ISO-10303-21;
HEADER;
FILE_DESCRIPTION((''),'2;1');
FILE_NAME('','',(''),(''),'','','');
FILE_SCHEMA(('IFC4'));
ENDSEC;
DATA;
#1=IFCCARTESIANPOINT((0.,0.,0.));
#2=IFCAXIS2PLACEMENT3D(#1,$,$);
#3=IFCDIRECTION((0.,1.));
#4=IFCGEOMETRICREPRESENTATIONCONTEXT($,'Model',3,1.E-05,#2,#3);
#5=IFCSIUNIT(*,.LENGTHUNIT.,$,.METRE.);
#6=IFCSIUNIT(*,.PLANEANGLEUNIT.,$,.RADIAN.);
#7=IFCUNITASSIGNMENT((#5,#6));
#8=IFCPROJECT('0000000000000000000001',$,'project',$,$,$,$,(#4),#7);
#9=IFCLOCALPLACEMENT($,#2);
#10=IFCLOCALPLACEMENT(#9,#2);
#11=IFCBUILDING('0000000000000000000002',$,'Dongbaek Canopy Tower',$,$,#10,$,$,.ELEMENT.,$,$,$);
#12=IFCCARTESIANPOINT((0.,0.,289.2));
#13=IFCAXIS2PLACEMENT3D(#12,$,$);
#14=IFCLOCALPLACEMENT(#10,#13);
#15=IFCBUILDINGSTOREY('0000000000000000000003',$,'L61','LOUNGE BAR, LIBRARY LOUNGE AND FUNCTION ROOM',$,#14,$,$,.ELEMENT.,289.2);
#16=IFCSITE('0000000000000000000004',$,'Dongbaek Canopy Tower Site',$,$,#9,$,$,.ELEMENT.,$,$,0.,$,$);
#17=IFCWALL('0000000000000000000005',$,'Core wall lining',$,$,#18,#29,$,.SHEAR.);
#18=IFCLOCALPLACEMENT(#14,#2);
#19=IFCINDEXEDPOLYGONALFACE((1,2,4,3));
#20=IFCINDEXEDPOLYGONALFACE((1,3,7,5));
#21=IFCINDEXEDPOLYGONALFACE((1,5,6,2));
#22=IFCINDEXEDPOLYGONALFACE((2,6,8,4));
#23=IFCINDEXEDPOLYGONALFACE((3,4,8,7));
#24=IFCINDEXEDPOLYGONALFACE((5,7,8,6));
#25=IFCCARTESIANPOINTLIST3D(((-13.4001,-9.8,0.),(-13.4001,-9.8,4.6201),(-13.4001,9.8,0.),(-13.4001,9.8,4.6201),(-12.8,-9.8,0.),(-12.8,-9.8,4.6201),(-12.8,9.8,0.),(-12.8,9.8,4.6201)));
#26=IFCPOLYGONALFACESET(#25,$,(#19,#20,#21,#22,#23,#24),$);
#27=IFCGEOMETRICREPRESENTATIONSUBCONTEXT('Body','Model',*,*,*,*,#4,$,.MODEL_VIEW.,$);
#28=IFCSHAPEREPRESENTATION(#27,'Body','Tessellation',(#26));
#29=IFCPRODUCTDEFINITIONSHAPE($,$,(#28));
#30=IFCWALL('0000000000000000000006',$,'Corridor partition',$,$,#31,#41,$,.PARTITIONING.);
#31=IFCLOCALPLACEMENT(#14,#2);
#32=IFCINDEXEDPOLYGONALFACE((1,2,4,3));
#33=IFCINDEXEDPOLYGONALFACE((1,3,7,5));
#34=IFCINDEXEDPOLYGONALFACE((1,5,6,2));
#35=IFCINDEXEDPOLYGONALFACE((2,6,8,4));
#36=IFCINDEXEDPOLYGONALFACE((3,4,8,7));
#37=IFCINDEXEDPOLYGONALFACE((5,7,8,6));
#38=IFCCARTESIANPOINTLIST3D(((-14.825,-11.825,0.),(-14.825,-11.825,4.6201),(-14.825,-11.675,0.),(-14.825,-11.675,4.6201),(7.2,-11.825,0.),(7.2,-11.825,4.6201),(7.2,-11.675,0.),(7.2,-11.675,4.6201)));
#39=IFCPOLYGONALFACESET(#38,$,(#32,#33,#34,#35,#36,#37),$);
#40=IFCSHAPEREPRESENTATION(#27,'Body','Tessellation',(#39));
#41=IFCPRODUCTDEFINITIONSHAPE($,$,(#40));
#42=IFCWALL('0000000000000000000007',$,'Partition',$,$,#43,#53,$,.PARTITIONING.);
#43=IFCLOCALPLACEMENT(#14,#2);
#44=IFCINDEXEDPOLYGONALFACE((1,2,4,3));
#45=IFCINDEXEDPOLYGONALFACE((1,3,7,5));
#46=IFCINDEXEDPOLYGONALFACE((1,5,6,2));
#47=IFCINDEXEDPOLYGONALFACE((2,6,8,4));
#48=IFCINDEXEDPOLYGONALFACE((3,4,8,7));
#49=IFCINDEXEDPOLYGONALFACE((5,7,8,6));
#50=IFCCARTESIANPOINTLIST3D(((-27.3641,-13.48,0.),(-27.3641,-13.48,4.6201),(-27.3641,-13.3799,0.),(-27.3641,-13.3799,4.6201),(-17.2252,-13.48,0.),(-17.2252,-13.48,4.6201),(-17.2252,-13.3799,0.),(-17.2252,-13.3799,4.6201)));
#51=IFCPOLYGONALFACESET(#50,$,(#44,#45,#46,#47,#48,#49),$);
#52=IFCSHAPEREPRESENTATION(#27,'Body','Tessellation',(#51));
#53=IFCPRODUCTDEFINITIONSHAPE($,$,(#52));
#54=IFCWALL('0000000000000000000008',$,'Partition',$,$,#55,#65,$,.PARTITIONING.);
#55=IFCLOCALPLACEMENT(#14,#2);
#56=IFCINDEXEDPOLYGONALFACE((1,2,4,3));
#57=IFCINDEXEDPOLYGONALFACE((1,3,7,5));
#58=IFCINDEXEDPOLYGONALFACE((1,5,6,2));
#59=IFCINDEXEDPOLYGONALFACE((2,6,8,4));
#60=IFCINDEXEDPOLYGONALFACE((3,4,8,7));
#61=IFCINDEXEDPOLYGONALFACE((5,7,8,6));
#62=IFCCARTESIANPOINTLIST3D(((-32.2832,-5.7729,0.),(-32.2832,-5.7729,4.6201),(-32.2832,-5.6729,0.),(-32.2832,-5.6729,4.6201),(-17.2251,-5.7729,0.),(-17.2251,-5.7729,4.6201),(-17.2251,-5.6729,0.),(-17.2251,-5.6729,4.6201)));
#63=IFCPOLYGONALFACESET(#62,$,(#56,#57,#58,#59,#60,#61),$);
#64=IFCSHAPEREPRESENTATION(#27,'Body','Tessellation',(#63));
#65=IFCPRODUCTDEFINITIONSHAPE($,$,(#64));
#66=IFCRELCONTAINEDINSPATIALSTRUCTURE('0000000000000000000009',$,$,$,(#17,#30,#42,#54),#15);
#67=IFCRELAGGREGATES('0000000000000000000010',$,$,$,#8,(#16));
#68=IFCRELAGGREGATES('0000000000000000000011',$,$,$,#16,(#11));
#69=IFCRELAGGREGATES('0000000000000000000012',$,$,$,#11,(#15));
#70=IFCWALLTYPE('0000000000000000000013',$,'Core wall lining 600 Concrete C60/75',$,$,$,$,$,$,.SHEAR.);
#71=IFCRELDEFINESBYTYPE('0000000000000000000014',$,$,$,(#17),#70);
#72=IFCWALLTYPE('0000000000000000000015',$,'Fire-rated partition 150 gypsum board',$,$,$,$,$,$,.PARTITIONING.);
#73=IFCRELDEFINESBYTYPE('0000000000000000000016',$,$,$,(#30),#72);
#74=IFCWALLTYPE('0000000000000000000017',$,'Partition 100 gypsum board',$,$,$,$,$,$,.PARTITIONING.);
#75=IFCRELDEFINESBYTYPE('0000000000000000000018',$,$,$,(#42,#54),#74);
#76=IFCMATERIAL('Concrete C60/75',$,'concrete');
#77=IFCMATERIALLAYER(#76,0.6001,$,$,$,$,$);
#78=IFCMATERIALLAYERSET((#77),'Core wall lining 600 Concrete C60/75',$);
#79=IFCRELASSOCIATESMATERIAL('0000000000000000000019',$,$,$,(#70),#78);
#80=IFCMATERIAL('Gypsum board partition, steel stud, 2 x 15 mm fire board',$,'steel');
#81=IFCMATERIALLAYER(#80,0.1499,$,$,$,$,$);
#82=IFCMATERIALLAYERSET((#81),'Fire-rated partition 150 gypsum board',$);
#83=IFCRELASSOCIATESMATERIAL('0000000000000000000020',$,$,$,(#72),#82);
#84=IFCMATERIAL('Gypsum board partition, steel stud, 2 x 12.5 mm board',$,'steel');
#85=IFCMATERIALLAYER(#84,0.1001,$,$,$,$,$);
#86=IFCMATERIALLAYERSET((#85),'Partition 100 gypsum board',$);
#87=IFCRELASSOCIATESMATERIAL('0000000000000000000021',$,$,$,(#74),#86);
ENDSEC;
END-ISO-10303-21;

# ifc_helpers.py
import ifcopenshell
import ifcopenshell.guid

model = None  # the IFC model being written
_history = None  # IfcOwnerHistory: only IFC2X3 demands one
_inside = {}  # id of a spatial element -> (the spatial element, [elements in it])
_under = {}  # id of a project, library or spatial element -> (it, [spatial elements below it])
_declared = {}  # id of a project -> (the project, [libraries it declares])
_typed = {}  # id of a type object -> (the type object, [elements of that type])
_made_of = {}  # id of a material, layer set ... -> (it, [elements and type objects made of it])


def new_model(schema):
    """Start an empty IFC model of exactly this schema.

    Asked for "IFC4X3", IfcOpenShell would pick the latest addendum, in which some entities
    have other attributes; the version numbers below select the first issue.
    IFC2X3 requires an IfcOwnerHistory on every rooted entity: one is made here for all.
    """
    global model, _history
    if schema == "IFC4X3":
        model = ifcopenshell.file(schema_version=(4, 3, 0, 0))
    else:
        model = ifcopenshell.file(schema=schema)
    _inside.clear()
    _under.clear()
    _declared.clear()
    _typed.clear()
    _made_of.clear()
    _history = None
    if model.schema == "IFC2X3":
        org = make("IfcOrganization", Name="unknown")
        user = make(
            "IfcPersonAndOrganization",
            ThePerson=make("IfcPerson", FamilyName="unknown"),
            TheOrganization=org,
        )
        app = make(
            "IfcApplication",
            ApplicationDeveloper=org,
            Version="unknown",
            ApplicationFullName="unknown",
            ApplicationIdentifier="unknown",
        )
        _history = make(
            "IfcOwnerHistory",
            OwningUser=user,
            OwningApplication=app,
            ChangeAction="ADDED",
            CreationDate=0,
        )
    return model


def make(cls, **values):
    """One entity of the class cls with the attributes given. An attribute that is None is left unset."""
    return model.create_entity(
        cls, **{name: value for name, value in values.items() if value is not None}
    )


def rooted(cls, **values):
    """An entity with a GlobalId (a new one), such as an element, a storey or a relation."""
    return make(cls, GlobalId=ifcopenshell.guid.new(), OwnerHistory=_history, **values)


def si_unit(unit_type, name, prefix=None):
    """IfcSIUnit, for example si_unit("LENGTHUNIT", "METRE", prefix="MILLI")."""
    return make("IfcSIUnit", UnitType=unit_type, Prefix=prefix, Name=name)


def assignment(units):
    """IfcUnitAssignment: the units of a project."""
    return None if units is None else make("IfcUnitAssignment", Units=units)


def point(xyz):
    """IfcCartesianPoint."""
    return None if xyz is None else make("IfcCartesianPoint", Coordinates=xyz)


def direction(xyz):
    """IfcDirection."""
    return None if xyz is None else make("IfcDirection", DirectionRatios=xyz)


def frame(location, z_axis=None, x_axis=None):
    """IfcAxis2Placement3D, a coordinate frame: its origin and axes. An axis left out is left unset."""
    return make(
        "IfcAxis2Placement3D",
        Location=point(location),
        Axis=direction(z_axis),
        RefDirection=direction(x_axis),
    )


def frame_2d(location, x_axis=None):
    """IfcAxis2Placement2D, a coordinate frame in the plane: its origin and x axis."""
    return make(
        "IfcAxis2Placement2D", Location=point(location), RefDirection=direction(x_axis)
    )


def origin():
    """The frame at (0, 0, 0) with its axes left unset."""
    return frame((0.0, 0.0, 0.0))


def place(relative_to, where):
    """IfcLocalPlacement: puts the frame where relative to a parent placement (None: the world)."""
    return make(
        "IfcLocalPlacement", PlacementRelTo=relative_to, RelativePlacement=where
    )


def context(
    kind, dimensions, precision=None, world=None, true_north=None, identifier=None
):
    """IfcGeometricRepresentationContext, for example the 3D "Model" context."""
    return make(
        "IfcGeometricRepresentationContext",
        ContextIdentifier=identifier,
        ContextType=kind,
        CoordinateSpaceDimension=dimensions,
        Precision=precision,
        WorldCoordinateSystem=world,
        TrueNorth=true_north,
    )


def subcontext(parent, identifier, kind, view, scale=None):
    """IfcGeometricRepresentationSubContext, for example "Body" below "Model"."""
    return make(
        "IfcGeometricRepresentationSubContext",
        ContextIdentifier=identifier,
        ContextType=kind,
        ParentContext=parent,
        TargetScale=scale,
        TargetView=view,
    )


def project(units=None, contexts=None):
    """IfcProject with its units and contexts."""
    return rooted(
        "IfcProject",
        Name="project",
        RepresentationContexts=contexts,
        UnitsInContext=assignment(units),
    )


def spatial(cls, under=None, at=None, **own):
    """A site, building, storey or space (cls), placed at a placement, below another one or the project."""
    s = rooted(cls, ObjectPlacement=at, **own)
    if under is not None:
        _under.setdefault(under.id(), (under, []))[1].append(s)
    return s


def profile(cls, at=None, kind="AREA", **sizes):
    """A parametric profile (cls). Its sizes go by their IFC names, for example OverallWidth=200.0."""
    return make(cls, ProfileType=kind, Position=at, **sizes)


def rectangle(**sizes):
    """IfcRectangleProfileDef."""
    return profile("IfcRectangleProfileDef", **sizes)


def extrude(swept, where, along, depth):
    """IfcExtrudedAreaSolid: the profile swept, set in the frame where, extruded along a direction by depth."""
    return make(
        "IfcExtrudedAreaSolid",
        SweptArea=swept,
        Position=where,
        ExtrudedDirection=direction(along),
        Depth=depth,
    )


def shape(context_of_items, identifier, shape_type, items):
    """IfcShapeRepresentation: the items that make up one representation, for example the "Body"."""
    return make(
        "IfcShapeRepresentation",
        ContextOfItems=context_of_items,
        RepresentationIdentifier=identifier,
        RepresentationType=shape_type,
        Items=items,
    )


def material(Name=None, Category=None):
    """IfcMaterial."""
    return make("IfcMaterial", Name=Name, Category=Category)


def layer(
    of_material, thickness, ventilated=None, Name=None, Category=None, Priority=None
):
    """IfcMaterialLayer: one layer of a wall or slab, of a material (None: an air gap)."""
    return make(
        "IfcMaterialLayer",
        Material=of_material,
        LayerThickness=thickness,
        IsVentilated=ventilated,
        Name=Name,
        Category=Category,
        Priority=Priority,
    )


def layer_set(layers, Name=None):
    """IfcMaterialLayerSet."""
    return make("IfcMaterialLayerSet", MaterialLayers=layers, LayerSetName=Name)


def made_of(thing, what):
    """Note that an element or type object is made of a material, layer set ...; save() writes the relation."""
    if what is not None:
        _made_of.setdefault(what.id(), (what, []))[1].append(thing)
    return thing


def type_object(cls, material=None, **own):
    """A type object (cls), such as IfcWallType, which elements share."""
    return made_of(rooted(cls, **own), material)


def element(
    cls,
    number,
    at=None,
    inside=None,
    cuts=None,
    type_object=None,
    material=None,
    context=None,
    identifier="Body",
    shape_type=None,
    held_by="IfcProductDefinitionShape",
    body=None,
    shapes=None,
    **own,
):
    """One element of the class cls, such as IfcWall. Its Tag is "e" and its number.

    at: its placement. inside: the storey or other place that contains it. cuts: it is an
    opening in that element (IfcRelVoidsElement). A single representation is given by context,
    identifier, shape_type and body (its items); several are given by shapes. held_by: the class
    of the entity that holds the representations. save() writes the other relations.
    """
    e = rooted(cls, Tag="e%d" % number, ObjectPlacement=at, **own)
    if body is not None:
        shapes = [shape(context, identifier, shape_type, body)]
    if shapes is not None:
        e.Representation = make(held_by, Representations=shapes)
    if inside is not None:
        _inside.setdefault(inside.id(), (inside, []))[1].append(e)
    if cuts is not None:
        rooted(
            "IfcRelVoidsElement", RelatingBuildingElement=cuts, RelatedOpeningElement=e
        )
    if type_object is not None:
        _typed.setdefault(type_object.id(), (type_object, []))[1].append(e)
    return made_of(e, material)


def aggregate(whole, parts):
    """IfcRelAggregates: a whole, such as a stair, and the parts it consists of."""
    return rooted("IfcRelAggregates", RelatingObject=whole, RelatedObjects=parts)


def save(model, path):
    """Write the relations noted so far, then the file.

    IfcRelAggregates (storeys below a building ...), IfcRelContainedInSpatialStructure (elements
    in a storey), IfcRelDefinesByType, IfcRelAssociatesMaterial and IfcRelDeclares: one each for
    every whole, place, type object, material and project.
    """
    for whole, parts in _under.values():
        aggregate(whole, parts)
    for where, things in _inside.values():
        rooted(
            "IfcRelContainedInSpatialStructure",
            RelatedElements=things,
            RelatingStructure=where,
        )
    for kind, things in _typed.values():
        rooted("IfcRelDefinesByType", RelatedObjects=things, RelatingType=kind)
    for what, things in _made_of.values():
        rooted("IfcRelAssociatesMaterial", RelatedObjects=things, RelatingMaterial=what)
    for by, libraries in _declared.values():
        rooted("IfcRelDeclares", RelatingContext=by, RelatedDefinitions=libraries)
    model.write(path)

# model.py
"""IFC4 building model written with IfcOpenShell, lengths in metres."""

from ifc_helpers import new_model, si_unit, direction, frame, frame_2d, origin, place, context, subcontext, project, spatial, rectangle, extrude, material, layer, layer_set, type_object, element, save


model = new_model("IFC4")

# Units and contexts
model_context = context("Model", 3, precision=1e-05, world=origin(), true_north=direction((0.0, 1.0)))
body_context = subcontext(model_context, "Body", "Model", "MODEL_VIEW")
ifc_project = project(units=[si_unit("LENGTHUNIT", "METRE"), si_unit("PLANEANGLEUNIT", "RADIAN")], contexts=[model_context])

# Site, building, storey
site_placement = place(None, origin())
site = spatial("IfcSite", under=ifc_project, at=site_placement, Name="Dongbaek Canopy Tower Site", CompositionType="ELEMENT", RefElevation=0.0)
building_placement = place(site_placement, origin())
building = spatial("IfcBuilding", under=site, at=building_placement, Name="Dongbaek Canopy Tower", CompositionType="ELEMENT")
storey_placement = place(building_placement, frame((0.0, 0.0, 289.2)))
storey = spatial("IfcBuildingStorey", under=building, at=storey_placement, Name="L61", Description="LOUNGE BAR, LIBRARY LOUNGE AND FUNCTION ROOM", CompositionType="ELEMENT", Elevation=289.2)

# Walls
ifc_material_1 = material(Name="Concrete C60/75", Category="concrete")
ifc_layer_1 = layer(ifc_material_1, 0.6001)
ifc_layer_set_1 = layer_set([ifc_layer_1], Name="Core wall lining 600 Concrete C60/75")
wall_type_1 = type_object("IfcWallType", Name="Core wall lining 600 Concrete C60/75", PredefinedType="SHEAR", material=ifc_layer_set_1)
wall_1_placement = place(storey_placement, frame((-13.1001, -9.8, 0.0), z_axis=(0.0, 0.0, 1.0), x_axis=(0.0, 1.0, 0.0)))
element("IfcWall", 1, at=wall_1_placement, inside=storey, type_object=wall_type_1, Name="Core wall lining", PredefinedType="SHEAR", context=body_context, shape_type="SweptSolid", body=[
    extrude(rectangle(XDim=19.6001, YDim=0.6001, at=frame_2d((9.8, 0.0))), origin(), (0.0, 0.0, 1.0), 4.6201),
])
ifc_material_2 = material(Name="Gypsum board partition, steel stud, 2 x 15 mm fire board", Category="steel")
ifc_layer_2 = layer(ifc_material_2, 0.1499)
ifc_layer_set_2 = layer_set([ifc_layer_2], Name="Fire-rated partition 150 gypsum board")
wall_type_2 = type_object("IfcWallType", Name="Fire-rated partition 150 gypsum board", PredefinedType="PARTITIONING", material=ifc_layer_set_2)
wall_2_placement = place(storey_placement, frame((-14.825, -11.75, 0.0), z_axis=(0.0, 0.0, 1.0), x_axis=(1.0, 0.0, 0.0)))
element("IfcWall", 2, at=wall_2_placement, inside=storey, type_object=wall_type_2, Name="Corridor partition", PredefinedType="PARTITIONING", context=body_context, shape_type="SweptSolid", body=[
    extrude(rectangle(XDim=22.0249, YDim=0.1499, at=frame_2d((11.0125, 0.0))), origin(), (0.0, 0.0, 1.0), 4.6201),
])
ifc_material_3 = material(Name="Gypsum board partition, steel stud, 2 x 12.5 mm board", Category="steel")
ifc_layer_3 = layer(ifc_material_3, 0.1001)
ifc_layer_set_3 = layer_set([ifc_layer_3], Name="Partition 100 gypsum board")
wall_type_3 = type_object("IfcWallType", Name="Partition 100 gypsum board", PredefinedType="PARTITIONING", material=ifc_layer_set_3)
wall_3_placement = place(storey_placement, frame((-27.364, -13.4299, 0.0), z_axis=(0.0, 0.0, 1.0), x_axis=(1.0, 0.0, 0.0)))
element("IfcWall", 3, at=wall_3_placement, inside=storey, type_object=wall_type_3, Name="Partition", PredefinedType="PARTITIONING", context=body_context, shape_type="SweptSolid", body=[
    extrude(rectangle(XDim=10.1389, YDim=0.1001, at=frame_2d((5.0693, 0.0))), origin(), (0.0, 0.0, 1.0), 4.6201),
])
wall_4_placement = place(storey_placement, frame((-32.2832, -5.7229, 0.0), z_axis=(0.0, 0.0, 1.0), x_axis=(1.0, 0.0, 0.0)))
element("IfcWall", 4, at=wall_4_placement, inside=storey, type_object=wall_type_3, Name="Partition", PredefinedType="PARTITIONING", context=body_context, shape_type="SweptSolid", body=[
    extrude(rectangle(XDim=15.0581, YDim=0.1001, at=frame_2d((7.5291, 0.0))), origin(), (0.0, 0.0, 1.0), 4.6201),
])

save(model, "model.ifc")
